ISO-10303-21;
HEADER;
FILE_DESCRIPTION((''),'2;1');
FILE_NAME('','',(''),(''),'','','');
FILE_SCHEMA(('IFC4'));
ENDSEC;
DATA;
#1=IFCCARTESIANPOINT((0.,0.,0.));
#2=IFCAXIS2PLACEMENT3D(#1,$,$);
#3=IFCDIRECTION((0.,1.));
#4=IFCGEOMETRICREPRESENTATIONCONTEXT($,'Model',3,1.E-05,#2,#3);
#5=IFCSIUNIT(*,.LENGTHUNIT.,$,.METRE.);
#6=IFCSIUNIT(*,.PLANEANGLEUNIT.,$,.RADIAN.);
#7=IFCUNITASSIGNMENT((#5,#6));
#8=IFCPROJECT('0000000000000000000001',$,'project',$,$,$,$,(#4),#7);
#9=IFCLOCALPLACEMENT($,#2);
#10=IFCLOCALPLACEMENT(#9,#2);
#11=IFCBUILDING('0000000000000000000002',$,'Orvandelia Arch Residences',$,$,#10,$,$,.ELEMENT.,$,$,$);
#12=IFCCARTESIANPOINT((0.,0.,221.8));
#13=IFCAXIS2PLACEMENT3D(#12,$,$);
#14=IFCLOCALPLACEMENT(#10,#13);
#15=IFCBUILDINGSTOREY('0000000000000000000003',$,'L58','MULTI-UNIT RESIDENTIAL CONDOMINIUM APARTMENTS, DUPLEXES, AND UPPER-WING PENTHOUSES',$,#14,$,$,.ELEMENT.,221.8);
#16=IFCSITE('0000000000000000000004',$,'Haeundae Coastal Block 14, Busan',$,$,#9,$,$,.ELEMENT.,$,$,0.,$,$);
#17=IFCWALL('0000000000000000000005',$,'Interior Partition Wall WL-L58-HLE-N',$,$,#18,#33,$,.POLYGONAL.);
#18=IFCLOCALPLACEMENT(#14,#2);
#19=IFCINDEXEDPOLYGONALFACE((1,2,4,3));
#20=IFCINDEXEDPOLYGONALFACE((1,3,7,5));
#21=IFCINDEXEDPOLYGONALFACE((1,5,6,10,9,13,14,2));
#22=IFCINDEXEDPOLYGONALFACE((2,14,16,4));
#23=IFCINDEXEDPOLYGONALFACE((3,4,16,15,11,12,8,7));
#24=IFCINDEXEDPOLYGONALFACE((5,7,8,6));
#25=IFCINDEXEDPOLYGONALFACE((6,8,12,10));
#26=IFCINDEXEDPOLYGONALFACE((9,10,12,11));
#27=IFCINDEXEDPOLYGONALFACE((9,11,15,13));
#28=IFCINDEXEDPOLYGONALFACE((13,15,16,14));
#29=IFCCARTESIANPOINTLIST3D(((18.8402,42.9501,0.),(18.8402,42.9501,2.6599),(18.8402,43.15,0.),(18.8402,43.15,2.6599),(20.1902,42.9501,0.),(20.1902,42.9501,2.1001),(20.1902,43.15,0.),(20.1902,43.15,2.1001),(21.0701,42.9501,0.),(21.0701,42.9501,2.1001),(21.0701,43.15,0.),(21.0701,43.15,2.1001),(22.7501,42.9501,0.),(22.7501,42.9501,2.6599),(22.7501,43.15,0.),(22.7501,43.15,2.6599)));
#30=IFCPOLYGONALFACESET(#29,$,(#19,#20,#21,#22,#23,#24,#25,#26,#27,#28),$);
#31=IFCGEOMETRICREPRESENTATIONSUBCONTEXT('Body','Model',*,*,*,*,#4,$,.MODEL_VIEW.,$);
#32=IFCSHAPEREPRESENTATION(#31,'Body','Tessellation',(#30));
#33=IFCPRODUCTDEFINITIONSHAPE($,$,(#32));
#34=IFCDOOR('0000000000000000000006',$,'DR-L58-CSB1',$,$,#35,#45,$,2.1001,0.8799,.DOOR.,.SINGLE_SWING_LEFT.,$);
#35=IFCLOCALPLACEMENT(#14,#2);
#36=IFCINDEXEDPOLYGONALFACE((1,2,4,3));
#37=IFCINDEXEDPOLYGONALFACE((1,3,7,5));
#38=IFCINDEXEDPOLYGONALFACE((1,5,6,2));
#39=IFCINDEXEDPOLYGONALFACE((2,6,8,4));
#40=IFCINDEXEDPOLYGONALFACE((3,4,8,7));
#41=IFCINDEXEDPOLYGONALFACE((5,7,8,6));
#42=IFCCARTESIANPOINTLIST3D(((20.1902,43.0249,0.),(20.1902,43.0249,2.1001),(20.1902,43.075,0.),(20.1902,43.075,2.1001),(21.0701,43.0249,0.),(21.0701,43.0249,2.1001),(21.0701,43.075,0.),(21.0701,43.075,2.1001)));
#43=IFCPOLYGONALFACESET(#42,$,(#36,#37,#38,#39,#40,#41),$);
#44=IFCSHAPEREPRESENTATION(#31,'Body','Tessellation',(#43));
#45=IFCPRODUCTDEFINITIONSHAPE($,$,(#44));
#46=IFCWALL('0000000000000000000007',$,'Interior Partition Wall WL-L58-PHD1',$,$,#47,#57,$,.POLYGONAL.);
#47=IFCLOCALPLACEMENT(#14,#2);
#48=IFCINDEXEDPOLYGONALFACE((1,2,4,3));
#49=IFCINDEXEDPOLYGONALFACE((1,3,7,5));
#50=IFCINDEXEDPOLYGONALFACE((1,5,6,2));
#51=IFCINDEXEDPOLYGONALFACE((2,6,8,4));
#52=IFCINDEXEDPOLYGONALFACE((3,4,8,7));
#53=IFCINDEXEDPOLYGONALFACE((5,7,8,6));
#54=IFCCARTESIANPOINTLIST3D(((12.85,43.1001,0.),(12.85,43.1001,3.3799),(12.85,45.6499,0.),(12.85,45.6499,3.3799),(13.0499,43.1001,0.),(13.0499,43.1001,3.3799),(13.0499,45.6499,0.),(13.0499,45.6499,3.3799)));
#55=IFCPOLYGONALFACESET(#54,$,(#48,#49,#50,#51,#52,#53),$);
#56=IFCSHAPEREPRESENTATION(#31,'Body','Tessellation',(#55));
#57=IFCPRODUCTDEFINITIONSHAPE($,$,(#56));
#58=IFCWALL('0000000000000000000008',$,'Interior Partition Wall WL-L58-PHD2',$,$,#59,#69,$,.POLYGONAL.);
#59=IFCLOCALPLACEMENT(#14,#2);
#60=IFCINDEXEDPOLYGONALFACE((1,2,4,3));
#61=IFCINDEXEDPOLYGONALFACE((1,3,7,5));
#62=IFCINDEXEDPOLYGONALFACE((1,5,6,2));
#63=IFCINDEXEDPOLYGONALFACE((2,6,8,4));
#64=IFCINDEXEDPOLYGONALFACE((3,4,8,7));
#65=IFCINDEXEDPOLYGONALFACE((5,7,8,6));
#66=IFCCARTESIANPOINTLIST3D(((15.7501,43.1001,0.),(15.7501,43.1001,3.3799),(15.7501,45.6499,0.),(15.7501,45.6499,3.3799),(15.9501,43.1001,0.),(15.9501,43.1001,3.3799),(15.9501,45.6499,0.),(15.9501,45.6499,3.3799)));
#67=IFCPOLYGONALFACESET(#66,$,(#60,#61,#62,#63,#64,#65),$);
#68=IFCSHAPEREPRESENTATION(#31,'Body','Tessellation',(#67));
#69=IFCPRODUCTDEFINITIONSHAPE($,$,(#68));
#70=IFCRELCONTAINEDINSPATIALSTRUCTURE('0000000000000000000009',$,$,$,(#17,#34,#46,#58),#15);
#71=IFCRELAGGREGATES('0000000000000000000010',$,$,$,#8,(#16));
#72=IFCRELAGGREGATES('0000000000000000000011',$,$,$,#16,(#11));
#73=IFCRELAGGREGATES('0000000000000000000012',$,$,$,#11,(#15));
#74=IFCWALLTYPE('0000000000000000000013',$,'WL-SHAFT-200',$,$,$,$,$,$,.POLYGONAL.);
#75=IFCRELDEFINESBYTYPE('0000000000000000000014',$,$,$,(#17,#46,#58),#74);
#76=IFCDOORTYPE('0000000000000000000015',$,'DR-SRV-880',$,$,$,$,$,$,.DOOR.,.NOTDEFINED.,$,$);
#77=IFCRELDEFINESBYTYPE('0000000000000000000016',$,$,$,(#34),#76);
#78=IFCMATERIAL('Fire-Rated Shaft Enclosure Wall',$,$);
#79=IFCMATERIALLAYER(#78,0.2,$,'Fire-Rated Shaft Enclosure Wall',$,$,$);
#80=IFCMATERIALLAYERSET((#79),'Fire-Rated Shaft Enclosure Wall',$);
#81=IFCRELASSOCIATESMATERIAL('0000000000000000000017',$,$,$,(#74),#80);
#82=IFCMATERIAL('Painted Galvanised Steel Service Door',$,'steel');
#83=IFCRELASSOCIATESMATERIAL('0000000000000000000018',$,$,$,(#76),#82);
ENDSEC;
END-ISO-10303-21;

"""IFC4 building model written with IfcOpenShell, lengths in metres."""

from ifc_helpers import new_model, si_unit, direction, frame, frame_2d, origin, place, context, subcontext, project, spatial, rectangle, extrude, material, layer, layer_set, type_object, element, fill, save


model = new_model("IFC4")

# Units and contexts
model_context = context("Model", 3, precision=1e-05, world=origin(), true_north=direction((0.0, 1.0)))
body_context = subcontext(model_context, "Body", "Model", "MODEL_VIEW")
ifc_project = project(units=[si_unit("LENGTHUNIT", "METRE"), si_unit("PLANEANGLEUNIT", "RADIAN")], contexts=[model_context])

# Site, building, storey
site_placement = place(None, origin())
site = spatial("IfcSite", under=ifc_project, at=site_placement, Name="Haeundae Coastal Block 14, Busan", CompositionType="ELEMENT", RefElevation=0.0)
building_placement = place(site_placement, origin())
building = spatial("IfcBuilding", under=site, at=building_placement, Name="Orvandelia Arch Residences", CompositionType="ELEMENT")
storey_placement = place(building_placement, frame((0.0, 0.0, 221.8)))
storey = spatial("IfcBuildingStorey", under=building, at=storey_placement, Name="L58", Description="MULTI-UNIT RESIDENTIAL CONDOMINIUM APARTMENTS, DUPLEXES, AND UPPER-WING PENTHOUSES", CompositionType="ELEMENT", Elevation=221.8)

# Shared definitions
ifc_material_1 = material(Name="Fire-Rated Shaft Enclosure Wall")
ifc_layer_1 = layer(ifc_material_1, 0.2, Name="Fire-Rated Shaft Enclosure Wall")
ifc_layer_set_1 = layer_set([ifc_layer_1], Name="Fire-Rated Shaft Enclosure Wall")
wall_type_1 = type_object("IfcWallType", Name="WL-SHAFT-200", PredefinedType="POLYGONAL", material=ifc_layer_set_1)

# Shared definitions
ifc_material_2 = material(Name="Painted Galvanised Steel Service Door", Category="steel")
door_type_1 = type_object("IfcDoorType", Name="DR-SRV-880", OperationType="NOTDEFINED", PredefinedType="DOOR", material=ifc_material_2)

# Wall, opening, door
wall_1_placement = place(storey_placement, frame((18.8401, 43.05, 0.0), z_axis=(0.0, 0.0, 1.0), x_axis=(1.0, 0.0, 0.0)))
wall_1 = element("IfcWall", 1, at=wall_1_placement, inside=storey, type_object=wall_type_1, Name="Interior Partition Wall WL-L58-HLE-N", PredefinedType="POLYGONAL", context=body_context, shape_type="SweptSolid", body=[
    extrude(rectangle(XDim=3.9099, YDim=0.2, at=frame_2d((1.9551, 0.0))), origin(), (0.0, 0.0, 1.0), 2.6599),
])
opening_1_placement = place(wall_1_placement, frame((1.3501, 0.0, 0.0)))
opening_1 = element("IfcOpeningElement", 2, at=opening_1_placement, cuts=wall_1, PredefinedType="OPENING", context=body_context, shape_type="SweptSolid", body=[
    extrude(rectangle(XDim=0.8799, YDim=2.1001, at=frame_2d((0.4399, 1.05))), frame((0.0, 0.1099, 0.0), z_axis=(0.0, -1.0, 0.0), x_axis=(1.0, 0.0, 0.0)), (0.0, 0.0, 1.0), 0.22),
])
door_1_placement = place(opening_1_placement, origin())
door_1 = element("IfcDoor", 3, at=door_1_placement, inside=storey, type_object=door_type_1, Name="DR-L58-CSB1", OperationType="SINGLE_SWING_LEFT", OverallHeight=2.1001, OverallWidth=0.8799, PredefinedType="DOOR", context=body_context, shape_type="SweptSolid", body=[
    extrude(rectangle(XDim=0.8799, YDim=2.1001, at=frame_2d((0.4399, 1.05))), frame((0.0, 0.0249, 0.0), z_axis=(0.0, -1.0, 0.0), x_axis=(1.0, 0.0, 0.0)), (0.0, 0.0, 1.0), 0.05),
])
fill(opening_1, door_1)

# Walls
for number, where, z_axis, x_axis, name in (
    (4, (12.95, 43.1001, 0.0), (0.0, 0.0, 1.0), (0.0, 1.0, 0.0), "Interior Partition Wall WL-L58-PHD1"),
    (5, (15.8501, 43.1001, 0.0), (0.0, 0.0, 1.0), (0.0, 1.0, 0.0), "Interior Partition Wall WL-L58-PHD2"),
):
    element("IfcWall", number, at=place(storey_placement, frame(where, z_axis=z_axis, x_axis=x_axis)), inside=storey, type_object=wall_type_1, Name=name, PredefinedType="POLYGONAL", context=body_context, shape_type="SweptSolid", body=[
        extrude(rectangle(XDim=2.5498, YDim=0.2, at=frame_2d((1.2749, 0.0))), origin(), (0.0, 0.0, 1.0), 3.3799),
    ])

save(model, "model.ifc")
